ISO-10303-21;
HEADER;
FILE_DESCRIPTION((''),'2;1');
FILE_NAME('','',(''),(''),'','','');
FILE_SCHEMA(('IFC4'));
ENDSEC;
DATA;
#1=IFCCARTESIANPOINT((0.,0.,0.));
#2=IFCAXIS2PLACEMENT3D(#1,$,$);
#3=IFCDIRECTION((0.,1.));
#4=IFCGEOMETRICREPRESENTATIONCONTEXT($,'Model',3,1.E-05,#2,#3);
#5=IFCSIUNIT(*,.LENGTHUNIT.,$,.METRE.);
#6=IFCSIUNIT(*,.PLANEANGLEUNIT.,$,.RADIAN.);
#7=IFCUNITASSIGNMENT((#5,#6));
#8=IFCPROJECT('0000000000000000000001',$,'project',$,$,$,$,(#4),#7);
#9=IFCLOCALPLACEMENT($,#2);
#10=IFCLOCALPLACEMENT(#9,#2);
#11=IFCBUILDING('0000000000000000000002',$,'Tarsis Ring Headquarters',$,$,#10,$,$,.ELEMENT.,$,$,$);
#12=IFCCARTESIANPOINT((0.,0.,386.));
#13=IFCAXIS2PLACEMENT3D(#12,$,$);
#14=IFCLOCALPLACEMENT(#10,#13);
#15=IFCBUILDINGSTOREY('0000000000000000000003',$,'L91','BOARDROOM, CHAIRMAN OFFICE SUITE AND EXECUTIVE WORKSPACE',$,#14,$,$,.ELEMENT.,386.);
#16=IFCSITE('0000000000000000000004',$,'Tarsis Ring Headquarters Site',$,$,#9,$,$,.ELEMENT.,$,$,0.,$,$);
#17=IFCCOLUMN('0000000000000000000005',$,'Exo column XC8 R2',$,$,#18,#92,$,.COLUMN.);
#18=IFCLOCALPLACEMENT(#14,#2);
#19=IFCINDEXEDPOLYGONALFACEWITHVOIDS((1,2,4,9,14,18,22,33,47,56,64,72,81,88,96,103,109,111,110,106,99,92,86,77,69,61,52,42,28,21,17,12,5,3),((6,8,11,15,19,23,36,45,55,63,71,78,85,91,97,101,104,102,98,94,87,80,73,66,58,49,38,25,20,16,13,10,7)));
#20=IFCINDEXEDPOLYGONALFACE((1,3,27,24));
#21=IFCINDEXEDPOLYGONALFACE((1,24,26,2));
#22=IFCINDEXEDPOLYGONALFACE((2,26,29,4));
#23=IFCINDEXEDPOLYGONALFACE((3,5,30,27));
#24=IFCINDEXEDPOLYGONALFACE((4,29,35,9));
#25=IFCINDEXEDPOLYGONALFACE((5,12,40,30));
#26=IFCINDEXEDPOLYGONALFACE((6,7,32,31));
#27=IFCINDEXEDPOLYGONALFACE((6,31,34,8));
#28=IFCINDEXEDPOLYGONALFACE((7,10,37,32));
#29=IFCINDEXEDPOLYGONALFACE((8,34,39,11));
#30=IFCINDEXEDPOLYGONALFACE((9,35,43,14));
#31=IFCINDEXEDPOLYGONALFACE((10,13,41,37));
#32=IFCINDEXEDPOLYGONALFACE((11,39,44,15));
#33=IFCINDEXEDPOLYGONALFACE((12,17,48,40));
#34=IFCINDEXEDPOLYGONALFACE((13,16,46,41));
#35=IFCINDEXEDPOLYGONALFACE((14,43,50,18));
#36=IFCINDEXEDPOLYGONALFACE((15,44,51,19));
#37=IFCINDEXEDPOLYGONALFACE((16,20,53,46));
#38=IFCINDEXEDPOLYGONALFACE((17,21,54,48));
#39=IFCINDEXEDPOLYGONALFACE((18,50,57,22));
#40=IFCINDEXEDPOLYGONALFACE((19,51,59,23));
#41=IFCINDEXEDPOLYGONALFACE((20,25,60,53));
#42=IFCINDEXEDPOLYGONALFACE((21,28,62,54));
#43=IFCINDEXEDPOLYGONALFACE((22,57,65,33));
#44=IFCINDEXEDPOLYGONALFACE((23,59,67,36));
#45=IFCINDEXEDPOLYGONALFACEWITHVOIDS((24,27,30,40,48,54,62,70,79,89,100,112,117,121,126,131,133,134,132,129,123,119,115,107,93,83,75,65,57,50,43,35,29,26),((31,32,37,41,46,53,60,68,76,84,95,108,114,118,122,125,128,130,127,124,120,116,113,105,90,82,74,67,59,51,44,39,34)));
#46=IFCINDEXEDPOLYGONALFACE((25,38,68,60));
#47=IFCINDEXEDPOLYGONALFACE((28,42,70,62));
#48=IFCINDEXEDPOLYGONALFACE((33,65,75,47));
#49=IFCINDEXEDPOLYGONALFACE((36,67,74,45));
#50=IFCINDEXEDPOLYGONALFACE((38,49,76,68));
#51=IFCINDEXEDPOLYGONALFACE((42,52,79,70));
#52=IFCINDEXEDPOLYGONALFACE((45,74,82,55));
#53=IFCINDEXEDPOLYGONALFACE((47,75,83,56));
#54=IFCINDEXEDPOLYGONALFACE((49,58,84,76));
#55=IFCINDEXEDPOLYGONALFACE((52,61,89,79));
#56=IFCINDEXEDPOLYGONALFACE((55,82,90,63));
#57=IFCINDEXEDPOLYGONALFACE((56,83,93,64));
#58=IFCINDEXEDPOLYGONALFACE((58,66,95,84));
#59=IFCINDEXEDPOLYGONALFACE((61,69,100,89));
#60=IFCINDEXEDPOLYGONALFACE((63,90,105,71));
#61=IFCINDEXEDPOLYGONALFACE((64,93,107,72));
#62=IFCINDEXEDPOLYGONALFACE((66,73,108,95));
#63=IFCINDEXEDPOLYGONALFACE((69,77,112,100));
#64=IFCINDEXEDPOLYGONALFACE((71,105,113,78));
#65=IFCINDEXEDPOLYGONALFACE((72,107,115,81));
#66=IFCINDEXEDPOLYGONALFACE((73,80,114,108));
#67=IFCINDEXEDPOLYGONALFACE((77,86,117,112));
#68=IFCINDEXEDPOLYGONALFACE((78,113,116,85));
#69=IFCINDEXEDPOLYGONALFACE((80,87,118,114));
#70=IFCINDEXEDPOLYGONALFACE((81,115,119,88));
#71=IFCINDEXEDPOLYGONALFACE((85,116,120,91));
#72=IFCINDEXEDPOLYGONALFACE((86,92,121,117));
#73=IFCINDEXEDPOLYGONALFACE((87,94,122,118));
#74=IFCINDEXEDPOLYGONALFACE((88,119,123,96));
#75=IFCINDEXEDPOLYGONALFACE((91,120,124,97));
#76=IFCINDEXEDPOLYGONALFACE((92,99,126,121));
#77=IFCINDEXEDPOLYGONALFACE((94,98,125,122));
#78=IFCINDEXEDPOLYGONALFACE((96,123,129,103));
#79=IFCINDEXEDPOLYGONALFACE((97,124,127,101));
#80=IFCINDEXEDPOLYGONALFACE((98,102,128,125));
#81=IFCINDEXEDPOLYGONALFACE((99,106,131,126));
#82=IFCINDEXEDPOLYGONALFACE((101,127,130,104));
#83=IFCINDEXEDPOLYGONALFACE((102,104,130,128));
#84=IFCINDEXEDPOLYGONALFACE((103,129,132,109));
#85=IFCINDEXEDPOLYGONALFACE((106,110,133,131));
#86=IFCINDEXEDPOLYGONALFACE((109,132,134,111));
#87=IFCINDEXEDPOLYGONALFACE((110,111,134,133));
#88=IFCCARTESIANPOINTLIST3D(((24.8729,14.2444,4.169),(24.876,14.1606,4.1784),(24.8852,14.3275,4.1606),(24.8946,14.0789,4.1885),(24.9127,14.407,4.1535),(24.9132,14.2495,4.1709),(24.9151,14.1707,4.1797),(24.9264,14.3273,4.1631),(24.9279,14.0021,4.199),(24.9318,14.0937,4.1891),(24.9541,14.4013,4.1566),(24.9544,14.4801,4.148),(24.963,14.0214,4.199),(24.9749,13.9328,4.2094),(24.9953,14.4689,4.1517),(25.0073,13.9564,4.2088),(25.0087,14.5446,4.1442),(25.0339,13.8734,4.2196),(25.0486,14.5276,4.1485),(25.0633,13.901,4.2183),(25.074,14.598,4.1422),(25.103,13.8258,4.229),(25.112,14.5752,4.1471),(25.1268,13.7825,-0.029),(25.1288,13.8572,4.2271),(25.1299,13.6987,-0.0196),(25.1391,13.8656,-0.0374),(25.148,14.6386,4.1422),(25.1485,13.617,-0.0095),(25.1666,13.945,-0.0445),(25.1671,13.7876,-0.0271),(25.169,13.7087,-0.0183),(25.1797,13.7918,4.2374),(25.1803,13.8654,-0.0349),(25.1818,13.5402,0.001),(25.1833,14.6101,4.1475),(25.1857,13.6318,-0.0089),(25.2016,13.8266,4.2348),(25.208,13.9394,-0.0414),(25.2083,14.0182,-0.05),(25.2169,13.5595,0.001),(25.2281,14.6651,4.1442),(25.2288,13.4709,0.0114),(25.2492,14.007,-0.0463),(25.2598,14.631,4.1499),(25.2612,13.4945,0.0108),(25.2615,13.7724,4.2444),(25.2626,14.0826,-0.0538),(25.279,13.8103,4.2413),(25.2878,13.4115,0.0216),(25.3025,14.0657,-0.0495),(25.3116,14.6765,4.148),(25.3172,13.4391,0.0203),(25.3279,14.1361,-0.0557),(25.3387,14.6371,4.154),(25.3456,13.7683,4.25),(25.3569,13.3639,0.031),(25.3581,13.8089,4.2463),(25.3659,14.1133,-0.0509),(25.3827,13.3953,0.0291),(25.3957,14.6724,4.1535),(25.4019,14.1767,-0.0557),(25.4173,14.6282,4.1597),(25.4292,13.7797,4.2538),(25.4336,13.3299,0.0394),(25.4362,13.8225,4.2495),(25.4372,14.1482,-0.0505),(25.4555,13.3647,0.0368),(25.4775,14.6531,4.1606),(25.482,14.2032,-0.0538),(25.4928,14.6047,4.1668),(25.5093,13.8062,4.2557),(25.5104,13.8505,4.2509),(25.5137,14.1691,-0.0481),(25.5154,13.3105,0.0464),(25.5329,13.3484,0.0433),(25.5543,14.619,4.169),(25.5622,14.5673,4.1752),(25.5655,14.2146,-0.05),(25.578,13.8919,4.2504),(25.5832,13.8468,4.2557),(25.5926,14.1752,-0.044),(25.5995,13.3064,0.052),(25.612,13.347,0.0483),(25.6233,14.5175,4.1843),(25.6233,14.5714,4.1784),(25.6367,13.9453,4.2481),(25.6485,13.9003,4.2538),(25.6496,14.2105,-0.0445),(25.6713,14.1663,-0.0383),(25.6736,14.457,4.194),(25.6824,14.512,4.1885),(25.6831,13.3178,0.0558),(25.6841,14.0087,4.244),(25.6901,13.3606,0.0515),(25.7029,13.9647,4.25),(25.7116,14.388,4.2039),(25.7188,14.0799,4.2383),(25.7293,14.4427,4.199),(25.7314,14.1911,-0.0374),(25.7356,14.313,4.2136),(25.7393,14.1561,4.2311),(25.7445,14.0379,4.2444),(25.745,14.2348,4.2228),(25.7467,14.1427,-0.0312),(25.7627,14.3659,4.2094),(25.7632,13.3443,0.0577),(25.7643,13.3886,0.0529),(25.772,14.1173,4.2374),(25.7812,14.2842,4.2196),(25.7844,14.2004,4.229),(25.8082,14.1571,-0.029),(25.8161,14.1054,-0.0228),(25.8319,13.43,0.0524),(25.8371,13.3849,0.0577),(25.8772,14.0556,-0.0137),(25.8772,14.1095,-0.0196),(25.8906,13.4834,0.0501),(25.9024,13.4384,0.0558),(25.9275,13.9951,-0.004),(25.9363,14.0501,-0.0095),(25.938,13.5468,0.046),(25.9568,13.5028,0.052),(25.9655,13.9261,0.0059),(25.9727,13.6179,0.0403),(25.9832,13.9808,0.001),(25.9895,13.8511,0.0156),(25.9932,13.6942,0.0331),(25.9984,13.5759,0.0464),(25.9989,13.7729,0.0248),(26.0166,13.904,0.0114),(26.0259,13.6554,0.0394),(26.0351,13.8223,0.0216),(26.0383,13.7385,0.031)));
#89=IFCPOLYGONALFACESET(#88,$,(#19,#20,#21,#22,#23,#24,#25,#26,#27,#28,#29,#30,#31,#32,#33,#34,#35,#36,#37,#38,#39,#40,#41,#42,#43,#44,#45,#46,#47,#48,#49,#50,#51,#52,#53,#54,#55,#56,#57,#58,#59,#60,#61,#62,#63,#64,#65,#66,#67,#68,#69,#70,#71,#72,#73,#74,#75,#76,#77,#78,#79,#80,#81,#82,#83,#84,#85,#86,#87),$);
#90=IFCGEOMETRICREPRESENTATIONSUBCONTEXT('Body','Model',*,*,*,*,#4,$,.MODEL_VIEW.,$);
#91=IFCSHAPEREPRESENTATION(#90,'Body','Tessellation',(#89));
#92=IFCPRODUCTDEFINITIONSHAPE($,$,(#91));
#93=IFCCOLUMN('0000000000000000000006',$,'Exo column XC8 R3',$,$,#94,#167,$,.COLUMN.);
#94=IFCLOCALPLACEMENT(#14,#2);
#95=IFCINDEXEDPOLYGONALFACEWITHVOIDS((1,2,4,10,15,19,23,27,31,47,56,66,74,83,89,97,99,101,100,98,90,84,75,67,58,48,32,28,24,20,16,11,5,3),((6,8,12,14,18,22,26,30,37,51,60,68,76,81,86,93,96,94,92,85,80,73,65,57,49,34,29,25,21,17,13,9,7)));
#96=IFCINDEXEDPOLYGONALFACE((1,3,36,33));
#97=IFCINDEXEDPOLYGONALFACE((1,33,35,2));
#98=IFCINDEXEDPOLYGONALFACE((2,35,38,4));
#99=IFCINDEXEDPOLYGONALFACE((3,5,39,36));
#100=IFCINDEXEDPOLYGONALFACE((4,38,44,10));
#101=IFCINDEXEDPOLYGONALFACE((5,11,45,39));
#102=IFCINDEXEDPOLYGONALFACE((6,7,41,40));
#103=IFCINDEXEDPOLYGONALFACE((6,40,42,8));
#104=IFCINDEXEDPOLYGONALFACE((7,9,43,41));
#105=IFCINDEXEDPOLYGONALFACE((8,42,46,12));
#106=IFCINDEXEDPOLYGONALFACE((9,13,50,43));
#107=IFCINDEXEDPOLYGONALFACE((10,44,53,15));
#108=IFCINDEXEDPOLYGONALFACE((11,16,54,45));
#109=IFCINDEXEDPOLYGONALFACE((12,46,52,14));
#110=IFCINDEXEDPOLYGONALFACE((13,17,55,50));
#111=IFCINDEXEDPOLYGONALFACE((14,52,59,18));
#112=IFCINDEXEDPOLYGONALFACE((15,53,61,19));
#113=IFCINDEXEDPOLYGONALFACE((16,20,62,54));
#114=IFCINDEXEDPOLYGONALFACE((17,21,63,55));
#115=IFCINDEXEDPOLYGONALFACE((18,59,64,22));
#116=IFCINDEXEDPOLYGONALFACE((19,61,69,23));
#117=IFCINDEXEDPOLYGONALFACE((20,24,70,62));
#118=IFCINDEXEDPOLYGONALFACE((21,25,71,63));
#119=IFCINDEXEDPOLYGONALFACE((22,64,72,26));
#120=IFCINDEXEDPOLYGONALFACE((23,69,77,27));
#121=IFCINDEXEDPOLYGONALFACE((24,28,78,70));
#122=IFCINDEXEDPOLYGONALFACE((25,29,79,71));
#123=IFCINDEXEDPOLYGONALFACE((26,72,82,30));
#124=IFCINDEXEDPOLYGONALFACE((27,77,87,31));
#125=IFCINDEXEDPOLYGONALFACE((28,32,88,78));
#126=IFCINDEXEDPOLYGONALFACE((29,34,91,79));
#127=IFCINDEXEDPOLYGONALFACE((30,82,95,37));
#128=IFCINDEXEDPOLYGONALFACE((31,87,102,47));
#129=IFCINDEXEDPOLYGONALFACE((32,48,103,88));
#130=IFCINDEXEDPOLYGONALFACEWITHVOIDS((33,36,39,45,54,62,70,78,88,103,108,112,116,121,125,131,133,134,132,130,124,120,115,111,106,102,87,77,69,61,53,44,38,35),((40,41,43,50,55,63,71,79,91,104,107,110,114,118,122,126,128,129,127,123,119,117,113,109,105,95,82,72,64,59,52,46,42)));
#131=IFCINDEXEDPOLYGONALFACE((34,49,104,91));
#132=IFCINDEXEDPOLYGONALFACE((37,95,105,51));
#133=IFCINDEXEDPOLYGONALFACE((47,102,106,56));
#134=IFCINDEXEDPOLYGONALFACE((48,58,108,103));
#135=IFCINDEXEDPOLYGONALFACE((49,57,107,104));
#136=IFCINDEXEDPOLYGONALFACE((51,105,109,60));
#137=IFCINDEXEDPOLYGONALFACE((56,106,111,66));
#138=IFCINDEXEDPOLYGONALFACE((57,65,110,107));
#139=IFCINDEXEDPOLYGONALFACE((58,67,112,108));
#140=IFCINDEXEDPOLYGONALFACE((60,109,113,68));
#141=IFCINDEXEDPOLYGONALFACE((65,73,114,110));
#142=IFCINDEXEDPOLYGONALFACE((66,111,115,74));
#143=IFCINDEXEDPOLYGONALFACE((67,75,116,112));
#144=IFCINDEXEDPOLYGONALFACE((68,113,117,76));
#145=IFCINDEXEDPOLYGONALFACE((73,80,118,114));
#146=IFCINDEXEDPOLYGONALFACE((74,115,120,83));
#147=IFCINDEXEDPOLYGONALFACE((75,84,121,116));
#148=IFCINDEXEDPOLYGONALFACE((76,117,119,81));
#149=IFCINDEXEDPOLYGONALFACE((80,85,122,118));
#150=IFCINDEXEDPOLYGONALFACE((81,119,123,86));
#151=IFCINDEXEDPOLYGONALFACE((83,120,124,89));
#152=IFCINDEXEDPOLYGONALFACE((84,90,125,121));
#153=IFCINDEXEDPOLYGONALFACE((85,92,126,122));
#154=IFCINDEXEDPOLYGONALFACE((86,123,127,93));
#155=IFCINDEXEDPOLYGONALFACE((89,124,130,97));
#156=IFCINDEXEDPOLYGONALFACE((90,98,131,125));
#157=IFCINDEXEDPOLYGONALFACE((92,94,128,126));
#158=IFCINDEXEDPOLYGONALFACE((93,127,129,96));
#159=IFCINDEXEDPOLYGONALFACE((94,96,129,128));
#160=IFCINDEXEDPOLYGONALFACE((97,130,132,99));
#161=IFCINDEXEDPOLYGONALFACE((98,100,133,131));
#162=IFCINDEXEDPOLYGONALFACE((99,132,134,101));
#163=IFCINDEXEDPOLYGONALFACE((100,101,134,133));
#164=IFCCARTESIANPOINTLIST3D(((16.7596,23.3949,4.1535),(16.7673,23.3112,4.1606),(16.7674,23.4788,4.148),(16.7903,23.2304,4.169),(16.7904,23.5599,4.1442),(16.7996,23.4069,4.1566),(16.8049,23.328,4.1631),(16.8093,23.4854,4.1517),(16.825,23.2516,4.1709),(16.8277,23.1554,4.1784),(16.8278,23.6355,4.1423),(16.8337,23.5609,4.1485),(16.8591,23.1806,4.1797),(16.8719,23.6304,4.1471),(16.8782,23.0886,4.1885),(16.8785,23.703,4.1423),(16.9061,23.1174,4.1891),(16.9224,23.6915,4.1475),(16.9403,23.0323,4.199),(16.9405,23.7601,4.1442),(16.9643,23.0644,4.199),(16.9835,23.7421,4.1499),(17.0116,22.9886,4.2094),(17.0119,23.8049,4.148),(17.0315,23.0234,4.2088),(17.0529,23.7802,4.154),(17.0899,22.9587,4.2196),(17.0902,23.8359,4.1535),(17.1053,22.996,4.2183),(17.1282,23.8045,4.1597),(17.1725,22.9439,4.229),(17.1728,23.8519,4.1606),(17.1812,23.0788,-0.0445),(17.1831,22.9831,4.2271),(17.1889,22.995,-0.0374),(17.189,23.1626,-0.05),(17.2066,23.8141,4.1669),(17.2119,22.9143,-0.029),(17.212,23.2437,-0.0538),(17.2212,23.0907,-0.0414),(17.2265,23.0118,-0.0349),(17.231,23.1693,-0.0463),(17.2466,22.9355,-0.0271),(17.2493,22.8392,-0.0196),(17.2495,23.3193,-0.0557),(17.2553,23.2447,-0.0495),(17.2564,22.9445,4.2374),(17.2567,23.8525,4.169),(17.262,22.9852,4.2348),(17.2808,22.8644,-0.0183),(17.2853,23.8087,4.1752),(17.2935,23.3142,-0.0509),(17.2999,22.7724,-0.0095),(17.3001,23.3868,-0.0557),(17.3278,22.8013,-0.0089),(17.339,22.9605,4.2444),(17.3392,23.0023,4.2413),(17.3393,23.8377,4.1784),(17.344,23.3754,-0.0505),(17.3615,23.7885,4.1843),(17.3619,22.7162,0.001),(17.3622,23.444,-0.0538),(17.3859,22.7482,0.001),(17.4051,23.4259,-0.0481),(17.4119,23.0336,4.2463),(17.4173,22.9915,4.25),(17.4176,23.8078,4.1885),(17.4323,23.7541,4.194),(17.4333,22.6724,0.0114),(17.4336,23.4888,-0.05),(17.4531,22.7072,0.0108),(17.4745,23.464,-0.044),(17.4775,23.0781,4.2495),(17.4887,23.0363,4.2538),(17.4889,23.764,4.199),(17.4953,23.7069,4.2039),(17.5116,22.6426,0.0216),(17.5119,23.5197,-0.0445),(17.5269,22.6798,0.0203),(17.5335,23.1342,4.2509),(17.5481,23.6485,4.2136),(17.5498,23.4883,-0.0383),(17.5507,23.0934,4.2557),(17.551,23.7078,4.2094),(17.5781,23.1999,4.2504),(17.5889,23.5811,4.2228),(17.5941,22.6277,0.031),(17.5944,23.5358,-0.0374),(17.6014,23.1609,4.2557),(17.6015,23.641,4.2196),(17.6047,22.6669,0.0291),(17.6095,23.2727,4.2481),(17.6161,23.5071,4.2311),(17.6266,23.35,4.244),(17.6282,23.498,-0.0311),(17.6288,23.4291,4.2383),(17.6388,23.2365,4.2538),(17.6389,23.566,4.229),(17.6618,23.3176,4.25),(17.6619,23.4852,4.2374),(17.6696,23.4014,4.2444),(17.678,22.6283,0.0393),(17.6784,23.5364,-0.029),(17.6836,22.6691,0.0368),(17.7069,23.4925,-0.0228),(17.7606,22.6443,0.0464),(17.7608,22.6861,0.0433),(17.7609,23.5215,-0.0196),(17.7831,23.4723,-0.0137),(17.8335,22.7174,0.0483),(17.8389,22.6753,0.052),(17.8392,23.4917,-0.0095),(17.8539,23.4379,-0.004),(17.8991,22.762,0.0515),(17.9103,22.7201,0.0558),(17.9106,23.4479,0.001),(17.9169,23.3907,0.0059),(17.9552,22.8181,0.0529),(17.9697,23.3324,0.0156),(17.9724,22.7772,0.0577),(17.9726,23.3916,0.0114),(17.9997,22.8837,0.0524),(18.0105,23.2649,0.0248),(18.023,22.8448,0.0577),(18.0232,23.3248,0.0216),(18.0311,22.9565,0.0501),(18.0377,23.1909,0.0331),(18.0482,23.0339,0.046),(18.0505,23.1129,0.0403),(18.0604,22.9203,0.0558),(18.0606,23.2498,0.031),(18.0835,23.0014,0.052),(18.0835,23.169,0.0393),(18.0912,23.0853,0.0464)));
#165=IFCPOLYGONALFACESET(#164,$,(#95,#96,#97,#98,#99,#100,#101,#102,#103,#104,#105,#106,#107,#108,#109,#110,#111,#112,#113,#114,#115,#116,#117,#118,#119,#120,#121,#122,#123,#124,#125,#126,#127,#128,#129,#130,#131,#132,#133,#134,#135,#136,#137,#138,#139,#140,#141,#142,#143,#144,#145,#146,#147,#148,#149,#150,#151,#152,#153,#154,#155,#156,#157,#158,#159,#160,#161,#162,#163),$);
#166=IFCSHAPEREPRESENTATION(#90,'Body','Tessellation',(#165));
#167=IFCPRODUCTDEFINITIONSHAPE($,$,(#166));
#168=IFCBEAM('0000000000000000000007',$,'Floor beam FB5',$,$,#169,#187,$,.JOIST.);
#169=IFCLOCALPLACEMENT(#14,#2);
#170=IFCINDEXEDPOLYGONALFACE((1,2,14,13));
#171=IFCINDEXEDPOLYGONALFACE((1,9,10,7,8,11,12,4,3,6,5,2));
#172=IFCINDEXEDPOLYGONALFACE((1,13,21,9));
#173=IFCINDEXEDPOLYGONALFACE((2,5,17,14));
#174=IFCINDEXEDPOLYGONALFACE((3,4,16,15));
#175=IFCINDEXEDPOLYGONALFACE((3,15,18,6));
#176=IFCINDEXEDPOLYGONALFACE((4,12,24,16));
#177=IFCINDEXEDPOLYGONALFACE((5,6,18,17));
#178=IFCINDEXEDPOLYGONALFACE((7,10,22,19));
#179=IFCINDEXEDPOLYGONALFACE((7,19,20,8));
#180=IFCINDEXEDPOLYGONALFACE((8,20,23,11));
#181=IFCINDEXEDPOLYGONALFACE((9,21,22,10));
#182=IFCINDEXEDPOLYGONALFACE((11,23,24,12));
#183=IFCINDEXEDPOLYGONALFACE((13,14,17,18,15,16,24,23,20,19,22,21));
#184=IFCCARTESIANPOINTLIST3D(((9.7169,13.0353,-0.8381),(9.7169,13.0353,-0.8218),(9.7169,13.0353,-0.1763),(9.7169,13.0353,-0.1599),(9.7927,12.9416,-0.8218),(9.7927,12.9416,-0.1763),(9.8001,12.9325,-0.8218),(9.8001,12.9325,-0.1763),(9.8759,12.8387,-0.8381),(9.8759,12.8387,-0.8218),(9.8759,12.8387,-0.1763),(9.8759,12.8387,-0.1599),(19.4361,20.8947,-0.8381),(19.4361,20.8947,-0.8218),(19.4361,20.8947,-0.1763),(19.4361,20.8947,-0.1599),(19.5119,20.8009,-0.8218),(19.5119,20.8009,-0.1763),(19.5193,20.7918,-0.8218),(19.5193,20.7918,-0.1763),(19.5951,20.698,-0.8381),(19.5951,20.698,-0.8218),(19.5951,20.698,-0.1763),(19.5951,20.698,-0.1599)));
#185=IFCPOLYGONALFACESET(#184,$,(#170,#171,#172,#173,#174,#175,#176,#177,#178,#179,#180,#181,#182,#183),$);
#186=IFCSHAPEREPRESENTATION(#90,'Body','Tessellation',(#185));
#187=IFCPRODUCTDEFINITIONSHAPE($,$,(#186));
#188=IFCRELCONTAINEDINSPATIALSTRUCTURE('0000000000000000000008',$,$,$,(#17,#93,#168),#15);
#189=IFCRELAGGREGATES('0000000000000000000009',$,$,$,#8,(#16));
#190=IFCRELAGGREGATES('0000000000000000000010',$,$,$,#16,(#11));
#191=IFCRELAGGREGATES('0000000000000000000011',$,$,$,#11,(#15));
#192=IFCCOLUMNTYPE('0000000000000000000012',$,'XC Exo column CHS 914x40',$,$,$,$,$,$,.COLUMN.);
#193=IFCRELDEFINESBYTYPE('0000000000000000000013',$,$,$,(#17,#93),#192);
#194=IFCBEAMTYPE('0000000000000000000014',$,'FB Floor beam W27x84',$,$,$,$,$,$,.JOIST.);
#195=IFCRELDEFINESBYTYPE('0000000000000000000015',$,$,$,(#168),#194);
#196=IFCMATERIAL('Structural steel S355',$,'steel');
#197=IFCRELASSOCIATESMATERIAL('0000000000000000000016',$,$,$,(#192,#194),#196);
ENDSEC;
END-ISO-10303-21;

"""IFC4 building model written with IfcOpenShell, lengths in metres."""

from ifc_helpers import new_model, si_unit, direction, frame, origin, origin_2d, place, context, subcontext, project, spatial, hollow_circle, i_section, extrude, material, material_profile, profile_set, type_object, element, save


model = new_model("IFC4")

# Units and contexts
model_context = context("Model", 3, precision=1e-05, world=origin(), true_north=direction((0.0, 1.0)))
body_context = subcontext(model_context, "Body", "Model", "MODEL_VIEW")
ifc_project = project(units=[si_unit("LENGTHUNIT", "METRE"), si_unit("PLANEANGLEUNIT", "RADIAN")], contexts=[model_context])

# Site, building, storey
site_placement = place(None, origin())
site = spatial("IfcSite", under=ifc_project, at=site_placement, Name="Tarsis Ring Headquarters Site", CompositionType="ELEMENT", RefElevation=0.0)
building_placement = place(site_placement, origin())
building = spatial("IfcBuilding", under=site, at=building_placement, Name="Tarsis Ring Headquarters", CompositionType="ELEMENT")
storey_placement = place(building_placement, frame((0.0, 0.0, 386.0)))
storey = spatial("IfcBuildingStorey", under=building, at=storey_placement, Name="L91", Description="BOARDROOM, CHAIRMAN OFFICE SUITE AND EXECUTIVE WORKSPACE", CompositionType="ELEMENT", Elevation=386.0)

# Columns
ifc_material_1 = material(Name="Structural steel S355", Category="steel")
ifc_material_profile_1 = material_profile(ifc_material_1, hollow_circle(Radius=0.457, WallThickness=0.04, at=origin_2d()), Name="CHS 914x40")
ifc_profile_set_1 = profile_set([ifc_material_profile_1], Name="Structural steel S355")
column_type = type_object("IfcColumnType", Name="XC Exo column CHS 914x40", PredefinedType="COLUMN", material=ifc_profile_set_1)
for number, where, z_axis, x_axis, name in (
    (1, (25.5825, 13.7605, 0.001), (-0.060012, 0.109175, 0.992209), (-0.876333, -0.481705, 0.0), "Exo column XC8 R2"),
    (2, (17.6362, 23.082, 0.001), (-0.099654, 0.074726, 0.992212), (-0.599926, -0.800056, 0.0), "Exo column XC8 R3"),
):
    element("IfcColumn", number, at=place(storey_placement, frame(where, z_axis=z_axis, x_axis=x_axis)), inside=storey, type_object=column_type, Name=name, PredefinedType="COLUMN", context=body_context, shape_type="SweptSolid", body=[
        extrude(hollow_circle(Radius=0.4573, WallThickness=0.04, at=origin_2d()), origin(), (0.0, 0.0, 1.0), 4.231),
    ])

# Beam
ifc_material_profile_2 = material_profile(ifc_material_1, i_section(OverallWidth=0.2529, OverallDepth=0.6782, WebThickness=0.0117, FlangeThickness=0.0164, at=origin_2d()), Name="W27x84")
ifc_profile_set_2 = profile_set([ifc_material_profile_2], Name="Structural steel S355")
beam_type_1 = type_object("IfcBeamType", Name="FB Floor beam W27x84", PredefinedType="JOIST", material=ifc_profile_set_2)
beam_1_placement = place(storey_placement, frame((9.7964, 12.937, -0.499), z_axis=(0.77758, 0.628783, 0.0), x_axis=(-0.628783, 0.77758, 0.0)))
element("IfcBeam", 3, at=beam_1_placement, inside=storey, type_object=beam_type_1, Name="Floor beam FB5", PredefinedType="JOIST", context=body_context, shape_type="SweptSolid", body=[
    extrude(i_section(OverallWidth=0.2529, OverallDepth=0.6782, WebThickness=0.0117, FlangeThickness=0.0164, at=origin_2d()), origin(), (0.0, 0.0, 1.0), 12.4993),
])

save(model, "model.ifc")
